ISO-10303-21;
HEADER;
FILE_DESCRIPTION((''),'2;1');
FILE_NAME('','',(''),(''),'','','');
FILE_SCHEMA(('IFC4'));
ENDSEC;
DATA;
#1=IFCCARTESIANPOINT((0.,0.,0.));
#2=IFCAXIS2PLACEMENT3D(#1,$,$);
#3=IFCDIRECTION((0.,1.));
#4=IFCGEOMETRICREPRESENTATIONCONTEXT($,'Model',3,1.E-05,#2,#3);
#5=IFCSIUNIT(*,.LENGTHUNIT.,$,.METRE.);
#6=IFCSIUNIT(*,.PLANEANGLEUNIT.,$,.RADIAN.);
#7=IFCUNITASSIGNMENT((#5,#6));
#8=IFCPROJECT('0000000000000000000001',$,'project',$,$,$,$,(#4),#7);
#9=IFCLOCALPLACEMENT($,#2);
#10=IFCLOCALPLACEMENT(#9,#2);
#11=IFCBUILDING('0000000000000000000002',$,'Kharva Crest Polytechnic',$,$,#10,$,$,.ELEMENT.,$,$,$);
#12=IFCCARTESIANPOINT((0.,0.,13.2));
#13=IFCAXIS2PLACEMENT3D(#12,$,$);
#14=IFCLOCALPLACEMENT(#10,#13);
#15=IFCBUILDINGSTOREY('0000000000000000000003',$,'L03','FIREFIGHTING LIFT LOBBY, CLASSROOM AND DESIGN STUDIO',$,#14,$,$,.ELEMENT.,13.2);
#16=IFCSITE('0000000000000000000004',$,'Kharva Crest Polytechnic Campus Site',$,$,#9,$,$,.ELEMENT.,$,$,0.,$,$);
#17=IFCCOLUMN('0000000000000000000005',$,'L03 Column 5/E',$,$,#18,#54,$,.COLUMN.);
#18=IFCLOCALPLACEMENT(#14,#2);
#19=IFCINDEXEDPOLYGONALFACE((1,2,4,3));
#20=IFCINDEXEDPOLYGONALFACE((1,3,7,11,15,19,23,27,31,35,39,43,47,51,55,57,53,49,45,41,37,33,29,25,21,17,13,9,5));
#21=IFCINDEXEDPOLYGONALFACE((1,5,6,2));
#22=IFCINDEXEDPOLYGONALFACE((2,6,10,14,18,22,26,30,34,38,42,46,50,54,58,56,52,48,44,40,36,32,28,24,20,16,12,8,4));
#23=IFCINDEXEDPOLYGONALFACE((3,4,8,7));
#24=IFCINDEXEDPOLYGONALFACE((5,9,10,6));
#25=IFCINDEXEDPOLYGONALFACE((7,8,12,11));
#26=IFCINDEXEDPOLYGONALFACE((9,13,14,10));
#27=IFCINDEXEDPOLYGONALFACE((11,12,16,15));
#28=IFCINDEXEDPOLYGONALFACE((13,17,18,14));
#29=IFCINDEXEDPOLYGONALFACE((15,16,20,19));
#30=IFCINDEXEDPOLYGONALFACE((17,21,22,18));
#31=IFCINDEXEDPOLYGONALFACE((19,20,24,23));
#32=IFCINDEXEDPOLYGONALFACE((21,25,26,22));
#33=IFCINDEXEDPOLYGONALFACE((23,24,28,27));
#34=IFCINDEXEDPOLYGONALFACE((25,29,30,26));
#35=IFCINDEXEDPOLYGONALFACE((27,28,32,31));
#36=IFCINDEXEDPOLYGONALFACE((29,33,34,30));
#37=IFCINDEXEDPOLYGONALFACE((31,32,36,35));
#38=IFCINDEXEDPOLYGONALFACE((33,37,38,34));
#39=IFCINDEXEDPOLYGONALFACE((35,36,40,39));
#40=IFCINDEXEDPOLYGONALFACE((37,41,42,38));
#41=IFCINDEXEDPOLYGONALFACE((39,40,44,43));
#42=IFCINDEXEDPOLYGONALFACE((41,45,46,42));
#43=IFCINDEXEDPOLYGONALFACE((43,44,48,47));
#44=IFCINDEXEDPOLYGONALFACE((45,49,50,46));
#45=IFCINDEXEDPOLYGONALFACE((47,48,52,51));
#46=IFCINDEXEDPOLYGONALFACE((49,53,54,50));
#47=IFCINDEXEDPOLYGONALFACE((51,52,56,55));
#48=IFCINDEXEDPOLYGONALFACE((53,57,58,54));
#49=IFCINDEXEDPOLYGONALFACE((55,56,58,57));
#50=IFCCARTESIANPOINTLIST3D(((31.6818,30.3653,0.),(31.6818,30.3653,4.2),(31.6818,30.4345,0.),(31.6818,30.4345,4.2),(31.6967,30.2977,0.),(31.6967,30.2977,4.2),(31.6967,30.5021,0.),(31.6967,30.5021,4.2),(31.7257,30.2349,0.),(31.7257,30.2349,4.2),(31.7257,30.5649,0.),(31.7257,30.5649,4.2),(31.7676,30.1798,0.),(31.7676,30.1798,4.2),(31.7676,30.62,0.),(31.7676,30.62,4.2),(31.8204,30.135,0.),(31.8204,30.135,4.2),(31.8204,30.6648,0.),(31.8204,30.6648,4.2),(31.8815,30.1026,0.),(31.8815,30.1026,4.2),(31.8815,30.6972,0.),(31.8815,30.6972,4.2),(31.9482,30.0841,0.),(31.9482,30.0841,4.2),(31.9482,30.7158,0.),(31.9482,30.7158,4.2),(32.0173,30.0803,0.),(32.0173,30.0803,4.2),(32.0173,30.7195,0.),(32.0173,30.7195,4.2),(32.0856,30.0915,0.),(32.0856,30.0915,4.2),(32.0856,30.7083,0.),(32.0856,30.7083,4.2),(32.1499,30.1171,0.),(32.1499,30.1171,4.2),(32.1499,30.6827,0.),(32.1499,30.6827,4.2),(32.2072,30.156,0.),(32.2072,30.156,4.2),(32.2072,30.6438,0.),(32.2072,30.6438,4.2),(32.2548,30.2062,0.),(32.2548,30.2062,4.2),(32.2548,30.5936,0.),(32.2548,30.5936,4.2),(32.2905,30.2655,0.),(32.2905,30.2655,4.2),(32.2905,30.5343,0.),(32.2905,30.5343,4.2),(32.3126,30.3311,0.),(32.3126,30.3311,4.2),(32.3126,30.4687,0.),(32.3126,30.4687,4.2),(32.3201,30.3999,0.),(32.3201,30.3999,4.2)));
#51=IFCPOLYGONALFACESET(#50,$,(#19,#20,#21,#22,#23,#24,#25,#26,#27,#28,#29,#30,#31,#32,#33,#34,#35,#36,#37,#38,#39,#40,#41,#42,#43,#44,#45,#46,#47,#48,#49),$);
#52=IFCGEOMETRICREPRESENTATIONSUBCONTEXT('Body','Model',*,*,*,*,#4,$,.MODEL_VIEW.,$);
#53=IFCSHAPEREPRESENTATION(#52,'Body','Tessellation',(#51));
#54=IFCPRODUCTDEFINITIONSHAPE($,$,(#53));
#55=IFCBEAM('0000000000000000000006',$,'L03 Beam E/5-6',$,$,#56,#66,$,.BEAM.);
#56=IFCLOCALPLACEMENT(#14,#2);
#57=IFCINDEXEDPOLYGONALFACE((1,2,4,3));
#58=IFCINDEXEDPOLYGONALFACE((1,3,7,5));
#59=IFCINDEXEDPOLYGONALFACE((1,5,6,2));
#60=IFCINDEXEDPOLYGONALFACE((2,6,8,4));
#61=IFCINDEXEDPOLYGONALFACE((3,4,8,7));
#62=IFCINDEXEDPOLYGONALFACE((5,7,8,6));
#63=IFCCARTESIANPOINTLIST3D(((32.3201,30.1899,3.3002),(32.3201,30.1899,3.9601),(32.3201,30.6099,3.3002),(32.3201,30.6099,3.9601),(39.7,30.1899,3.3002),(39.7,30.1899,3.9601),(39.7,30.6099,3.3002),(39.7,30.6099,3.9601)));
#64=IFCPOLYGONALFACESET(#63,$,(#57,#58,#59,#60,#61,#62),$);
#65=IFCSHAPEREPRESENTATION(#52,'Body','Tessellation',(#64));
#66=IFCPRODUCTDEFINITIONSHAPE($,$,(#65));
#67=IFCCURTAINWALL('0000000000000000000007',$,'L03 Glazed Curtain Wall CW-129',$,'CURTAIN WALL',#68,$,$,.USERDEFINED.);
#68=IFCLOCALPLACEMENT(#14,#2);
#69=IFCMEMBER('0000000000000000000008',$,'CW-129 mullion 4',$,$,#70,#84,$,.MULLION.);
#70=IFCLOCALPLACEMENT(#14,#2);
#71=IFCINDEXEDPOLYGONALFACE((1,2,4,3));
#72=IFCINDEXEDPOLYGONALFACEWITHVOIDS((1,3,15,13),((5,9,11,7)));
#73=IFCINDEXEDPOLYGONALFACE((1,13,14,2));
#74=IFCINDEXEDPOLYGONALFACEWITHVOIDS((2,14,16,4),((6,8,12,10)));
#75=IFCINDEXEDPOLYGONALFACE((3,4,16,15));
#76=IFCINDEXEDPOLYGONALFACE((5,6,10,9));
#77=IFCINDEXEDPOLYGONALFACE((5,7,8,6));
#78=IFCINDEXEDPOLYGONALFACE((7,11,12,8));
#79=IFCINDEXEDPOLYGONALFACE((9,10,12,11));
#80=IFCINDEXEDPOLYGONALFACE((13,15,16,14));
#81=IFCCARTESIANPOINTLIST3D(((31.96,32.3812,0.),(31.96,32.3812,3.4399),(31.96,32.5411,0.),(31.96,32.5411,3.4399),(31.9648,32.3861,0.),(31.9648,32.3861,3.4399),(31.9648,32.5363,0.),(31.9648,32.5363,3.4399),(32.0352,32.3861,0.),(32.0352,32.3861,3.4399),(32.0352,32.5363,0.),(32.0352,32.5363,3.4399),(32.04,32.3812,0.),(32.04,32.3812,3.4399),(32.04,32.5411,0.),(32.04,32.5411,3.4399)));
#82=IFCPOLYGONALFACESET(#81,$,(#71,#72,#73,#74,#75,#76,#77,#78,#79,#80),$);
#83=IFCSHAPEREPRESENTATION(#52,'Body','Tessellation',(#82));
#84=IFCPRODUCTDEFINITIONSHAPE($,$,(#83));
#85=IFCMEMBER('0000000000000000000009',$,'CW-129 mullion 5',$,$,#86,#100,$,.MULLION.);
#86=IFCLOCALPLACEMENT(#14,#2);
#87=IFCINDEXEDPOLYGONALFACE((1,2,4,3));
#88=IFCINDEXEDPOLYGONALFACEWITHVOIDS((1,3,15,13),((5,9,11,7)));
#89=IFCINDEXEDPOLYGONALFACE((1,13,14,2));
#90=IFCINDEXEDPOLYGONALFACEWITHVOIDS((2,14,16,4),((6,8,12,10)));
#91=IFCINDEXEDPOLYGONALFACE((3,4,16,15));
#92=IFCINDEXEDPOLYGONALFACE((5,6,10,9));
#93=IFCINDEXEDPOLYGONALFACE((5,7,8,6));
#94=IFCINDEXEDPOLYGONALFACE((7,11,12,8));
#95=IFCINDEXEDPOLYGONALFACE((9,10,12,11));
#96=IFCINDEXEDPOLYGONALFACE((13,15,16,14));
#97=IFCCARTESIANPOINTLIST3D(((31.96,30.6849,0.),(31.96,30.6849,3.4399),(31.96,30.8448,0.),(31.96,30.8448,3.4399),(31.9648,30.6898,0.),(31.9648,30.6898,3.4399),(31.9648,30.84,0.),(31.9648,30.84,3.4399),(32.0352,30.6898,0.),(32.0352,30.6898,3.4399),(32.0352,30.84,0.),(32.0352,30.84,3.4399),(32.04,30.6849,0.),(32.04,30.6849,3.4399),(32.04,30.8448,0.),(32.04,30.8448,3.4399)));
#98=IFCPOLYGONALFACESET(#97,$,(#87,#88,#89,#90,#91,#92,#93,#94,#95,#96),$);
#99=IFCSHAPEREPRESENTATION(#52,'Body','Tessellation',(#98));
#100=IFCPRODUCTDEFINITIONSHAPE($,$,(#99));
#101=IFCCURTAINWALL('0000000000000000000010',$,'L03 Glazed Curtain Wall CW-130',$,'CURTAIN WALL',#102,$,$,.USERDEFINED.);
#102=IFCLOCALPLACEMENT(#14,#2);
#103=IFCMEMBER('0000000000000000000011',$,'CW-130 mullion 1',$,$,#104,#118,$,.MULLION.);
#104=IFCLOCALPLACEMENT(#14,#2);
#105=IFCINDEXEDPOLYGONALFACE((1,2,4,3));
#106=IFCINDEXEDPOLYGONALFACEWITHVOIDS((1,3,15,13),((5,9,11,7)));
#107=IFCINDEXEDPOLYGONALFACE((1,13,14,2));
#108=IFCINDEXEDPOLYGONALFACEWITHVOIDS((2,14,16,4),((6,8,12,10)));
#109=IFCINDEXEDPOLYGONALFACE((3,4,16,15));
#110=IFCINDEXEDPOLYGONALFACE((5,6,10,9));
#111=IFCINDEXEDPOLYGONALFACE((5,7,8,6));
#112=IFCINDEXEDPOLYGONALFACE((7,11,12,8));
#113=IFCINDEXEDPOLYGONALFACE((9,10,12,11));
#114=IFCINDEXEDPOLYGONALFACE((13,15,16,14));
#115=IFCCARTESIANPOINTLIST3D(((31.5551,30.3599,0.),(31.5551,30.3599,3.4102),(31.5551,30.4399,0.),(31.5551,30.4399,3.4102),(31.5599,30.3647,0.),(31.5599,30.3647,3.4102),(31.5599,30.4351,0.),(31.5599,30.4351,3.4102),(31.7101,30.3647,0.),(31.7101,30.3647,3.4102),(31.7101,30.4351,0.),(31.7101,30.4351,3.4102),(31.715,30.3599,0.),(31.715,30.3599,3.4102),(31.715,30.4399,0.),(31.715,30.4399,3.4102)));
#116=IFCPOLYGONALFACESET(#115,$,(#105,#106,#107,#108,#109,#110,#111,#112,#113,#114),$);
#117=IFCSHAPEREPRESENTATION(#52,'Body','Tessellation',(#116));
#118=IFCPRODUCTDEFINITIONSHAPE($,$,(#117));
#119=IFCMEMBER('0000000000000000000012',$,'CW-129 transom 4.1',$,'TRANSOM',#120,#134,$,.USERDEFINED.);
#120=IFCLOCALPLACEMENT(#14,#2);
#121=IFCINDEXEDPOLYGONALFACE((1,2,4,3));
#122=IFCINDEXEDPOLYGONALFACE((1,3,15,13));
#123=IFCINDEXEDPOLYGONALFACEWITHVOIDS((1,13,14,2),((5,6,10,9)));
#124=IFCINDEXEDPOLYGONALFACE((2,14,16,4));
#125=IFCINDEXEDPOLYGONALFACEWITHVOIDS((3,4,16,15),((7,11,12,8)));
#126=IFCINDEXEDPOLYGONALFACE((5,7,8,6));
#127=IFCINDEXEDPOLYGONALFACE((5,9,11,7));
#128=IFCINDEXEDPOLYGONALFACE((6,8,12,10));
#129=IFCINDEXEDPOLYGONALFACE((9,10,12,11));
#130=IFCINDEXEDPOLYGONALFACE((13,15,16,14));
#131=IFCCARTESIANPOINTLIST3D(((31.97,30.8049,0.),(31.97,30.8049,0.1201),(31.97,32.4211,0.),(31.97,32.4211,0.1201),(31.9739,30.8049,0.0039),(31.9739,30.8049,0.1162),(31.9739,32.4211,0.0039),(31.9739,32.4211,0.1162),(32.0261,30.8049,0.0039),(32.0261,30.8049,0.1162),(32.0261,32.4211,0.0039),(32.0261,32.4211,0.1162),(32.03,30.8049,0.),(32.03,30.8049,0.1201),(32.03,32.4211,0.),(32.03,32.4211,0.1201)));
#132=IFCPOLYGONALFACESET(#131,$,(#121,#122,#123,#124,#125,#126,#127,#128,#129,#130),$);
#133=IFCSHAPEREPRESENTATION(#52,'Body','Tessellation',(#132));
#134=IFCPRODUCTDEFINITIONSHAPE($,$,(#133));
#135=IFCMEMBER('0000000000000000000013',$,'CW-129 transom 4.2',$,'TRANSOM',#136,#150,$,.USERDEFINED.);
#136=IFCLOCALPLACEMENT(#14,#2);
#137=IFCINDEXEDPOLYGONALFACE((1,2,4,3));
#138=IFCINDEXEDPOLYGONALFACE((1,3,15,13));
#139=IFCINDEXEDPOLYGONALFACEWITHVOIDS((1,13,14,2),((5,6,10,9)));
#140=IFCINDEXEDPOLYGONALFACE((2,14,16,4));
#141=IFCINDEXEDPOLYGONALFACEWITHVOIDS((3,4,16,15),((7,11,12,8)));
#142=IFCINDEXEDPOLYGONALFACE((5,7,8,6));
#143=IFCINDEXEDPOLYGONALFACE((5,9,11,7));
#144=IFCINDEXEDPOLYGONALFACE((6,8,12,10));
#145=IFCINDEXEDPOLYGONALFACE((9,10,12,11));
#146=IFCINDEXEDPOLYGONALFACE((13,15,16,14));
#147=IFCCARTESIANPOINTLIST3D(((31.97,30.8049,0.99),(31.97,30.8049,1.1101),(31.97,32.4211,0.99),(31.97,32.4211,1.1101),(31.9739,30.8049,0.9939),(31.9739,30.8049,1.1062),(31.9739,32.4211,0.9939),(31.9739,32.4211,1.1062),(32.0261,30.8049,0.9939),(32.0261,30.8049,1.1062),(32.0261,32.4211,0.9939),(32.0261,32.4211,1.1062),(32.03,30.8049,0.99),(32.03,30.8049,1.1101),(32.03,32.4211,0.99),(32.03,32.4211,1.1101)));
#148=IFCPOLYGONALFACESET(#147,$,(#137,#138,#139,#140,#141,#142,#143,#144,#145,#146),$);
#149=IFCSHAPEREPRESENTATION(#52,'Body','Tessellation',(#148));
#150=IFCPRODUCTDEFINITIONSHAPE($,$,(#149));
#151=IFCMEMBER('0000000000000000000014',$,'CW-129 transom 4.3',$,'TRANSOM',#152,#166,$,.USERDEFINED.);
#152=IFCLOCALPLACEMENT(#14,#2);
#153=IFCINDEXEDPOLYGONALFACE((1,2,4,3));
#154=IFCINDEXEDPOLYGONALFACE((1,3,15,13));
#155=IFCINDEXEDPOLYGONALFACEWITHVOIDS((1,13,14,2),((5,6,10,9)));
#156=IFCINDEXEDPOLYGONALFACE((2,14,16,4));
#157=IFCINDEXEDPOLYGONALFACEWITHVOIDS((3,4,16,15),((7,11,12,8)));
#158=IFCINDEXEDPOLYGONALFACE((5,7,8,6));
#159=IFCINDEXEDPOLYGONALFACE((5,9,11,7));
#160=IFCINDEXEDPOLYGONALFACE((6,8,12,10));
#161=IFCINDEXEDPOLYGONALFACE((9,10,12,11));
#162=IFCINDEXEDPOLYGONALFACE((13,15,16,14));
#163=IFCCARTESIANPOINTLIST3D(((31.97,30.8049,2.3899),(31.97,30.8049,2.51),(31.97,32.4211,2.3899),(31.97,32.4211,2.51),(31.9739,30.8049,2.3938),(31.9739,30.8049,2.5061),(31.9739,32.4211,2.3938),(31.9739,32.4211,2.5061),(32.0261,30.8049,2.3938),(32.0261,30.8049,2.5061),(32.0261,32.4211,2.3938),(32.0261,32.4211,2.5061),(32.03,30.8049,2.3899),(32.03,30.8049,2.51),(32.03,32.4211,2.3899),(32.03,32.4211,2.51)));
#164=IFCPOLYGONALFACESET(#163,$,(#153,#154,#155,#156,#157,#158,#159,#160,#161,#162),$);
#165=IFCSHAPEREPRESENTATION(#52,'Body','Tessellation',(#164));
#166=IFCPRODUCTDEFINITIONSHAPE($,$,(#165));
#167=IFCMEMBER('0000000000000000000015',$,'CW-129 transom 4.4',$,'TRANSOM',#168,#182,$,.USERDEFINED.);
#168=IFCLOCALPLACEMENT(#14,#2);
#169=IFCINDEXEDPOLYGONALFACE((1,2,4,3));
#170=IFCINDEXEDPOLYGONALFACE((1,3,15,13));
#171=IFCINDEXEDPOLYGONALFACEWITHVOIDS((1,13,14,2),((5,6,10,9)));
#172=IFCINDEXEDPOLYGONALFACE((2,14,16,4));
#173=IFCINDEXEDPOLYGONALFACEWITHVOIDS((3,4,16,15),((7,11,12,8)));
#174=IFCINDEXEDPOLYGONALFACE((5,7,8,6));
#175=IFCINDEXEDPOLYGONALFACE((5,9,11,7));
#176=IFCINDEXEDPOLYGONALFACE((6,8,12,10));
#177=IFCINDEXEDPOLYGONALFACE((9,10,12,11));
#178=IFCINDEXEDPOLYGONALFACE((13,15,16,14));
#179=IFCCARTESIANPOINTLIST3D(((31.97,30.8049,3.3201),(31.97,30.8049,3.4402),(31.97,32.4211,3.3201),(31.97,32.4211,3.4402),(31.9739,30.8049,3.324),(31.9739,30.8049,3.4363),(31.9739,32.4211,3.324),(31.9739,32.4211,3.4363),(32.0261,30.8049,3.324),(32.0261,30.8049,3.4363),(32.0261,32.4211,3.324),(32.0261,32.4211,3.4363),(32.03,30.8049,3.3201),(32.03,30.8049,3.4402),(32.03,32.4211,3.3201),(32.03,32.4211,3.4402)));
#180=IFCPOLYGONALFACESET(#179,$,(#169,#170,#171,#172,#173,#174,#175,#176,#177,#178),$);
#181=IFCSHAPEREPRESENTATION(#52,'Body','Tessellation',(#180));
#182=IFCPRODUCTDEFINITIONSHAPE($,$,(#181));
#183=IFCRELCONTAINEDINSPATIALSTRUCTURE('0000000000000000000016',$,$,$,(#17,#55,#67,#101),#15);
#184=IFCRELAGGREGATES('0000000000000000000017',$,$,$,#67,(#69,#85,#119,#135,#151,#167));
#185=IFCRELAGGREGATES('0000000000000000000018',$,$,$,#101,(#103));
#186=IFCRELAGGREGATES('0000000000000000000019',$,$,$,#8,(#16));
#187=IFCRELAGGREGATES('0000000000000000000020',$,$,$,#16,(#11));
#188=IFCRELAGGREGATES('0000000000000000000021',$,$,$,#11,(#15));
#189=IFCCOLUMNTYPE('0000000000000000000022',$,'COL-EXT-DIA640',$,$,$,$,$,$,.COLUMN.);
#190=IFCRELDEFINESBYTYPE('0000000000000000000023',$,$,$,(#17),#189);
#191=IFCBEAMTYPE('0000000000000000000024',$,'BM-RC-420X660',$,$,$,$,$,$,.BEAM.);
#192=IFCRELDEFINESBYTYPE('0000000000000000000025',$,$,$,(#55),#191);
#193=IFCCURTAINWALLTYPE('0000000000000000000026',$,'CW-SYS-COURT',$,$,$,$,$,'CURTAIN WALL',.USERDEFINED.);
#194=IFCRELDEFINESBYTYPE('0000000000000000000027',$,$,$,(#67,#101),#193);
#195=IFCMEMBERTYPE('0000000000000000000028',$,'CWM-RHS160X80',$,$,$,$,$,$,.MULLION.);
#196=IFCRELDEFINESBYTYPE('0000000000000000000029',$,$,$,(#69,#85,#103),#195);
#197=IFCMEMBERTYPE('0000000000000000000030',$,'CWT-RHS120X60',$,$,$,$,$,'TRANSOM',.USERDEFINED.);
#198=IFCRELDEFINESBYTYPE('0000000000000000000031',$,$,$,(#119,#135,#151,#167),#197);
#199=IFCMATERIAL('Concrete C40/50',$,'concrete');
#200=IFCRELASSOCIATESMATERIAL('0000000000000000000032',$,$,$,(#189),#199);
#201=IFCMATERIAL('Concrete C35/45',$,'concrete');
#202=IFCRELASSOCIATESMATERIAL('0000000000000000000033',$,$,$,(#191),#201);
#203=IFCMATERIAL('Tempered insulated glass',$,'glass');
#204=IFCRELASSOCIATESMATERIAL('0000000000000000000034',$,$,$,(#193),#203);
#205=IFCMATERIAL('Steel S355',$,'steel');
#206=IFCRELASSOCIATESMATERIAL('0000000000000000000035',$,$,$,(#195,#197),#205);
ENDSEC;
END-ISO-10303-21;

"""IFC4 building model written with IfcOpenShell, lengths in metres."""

from ifc_helpers import new_model, si_unit, direction, frame, origin, origin_2d, place, context, subcontext, project, spatial, rectangle, hollow_rectangle, circle, extrude, material, material_profile, profile_set, type_object, element, aggregate, save


model = new_model("IFC4")

# Units and contexts
model_context = context("Model", 3, precision=1e-05, world=origin(), true_north=direction((0.0, 1.0)))
body_context = subcontext(model_context, "Body", "Model", "MODEL_VIEW")
ifc_project = project(units=[si_unit("LENGTHUNIT", "METRE"), si_unit("PLANEANGLEUNIT", "RADIAN")], contexts=[model_context])

# Site, building, storey
site_placement = place(None, origin())
site = spatial("IfcSite", under=ifc_project, at=site_placement, Name="Kharva Crest Polytechnic Campus Site", CompositionType="ELEMENT", RefElevation=0.0)
building_placement = place(site_placement, origin())
building = spatial("IfcBuilding", under=site, at=building_placement, Name="Kharva Crest Polytechnic", CompositionType="ELEMENT")
storey_placement = place(building_placement, frame((0.0, 0.0, 13.2)))
storey = spatial("IfcBuildingStorey", under=building, at=storey_placement, Name="L03", Description="FIREFIGHTING LIFT LOBBY, CLASSROOM AND DESIGN STUDIO", CompositionType="ELEMENT", Elevation=13.2)

# Column
ifc_material_1 = material(Name="Concrete C40/50", Category="concrete")
ifc_material_profile_1 = material_profile(ifc_material_1, circle(Radius=0.3201, at=origin_2d()), Name="DIA 640")
ifc_profile_set_1 = profile_set([ifc_material_profile_1], Name="Concrete C40/50")
column_type = type_object("IfcColumnType", Name="COL-EXT-DIA640", PredefinedType="COLUMN", material=ifc_profile_set_1)
column_placement = place(storey_placement, frame((32.0, 30.3999, 0.0), z_axis=(0.0, 0.0, 1.0), x_axis=(1.0, 0.0, 0.0)))
element("IfcColumn", 1, at=column_placement, inside=storey, type_object=column_type, Name="L03 Column 5/E", PredefinedType="COLUMN", context=body_context, shape_type="SweptSolid", body=[
    extrude(circle(Radius=0.3201, at=origin_2d()), origin(), (0.0, 0.0, 1.0), 4.2),
])

# Beam
ifc_material_2 = material(Name="Concrete C35/45", Category="concrete")
ifc_material_profile_2 = material_profile(ifc_material_2, rectangle(XDim=0.4199, YDim=0.6599, at=origin_2d()), Name="RECT 420 X 660")
ifc_profile_set_2 = profile_set([ifc_material_profile_2], Name="Concrete C35/45")
beam_type_1 = type_object("IfcBeamType", Name="BM-RC-420X660", PredefinedType="BEAM", material=ifc_profile_set_2)
beam_1_placement = place(storey_placement, frame((32.3201, 30.3999, 3.6301), z_axis=(1.0, 0.0, 0.0), x_axis=(0.0, 1.0, 0.0)))
element("IfcBeam", 2, at=beam_1_placement, inside=storey, type_object=beam_type_1, Name="L03 Beam E/5-6", PredefinedType="BEAM", context=body_context, shape_type="SweptSolid", body=[
    extrude(rectangle(XDim=0.4199, YDim=0.6599, at=origin_2d()), origin(), (0.0, 0.0, 1.0), 7.3799),
])

# Curtain wall, members
ifc_material_3 = material(Name="Tempered insulated glass", Category="glass")
curtain_wall_type = type_object("IfcCurtainWallType", Name="CW-SYS-COURT", ElementType="CURTAIN WALL", PredefinedType="USERDEFINED", material=ifc_material_3)
curtain_wall_1_placement = place(storey_placement, origin())
curtain_wall_1 = element("IfcCurtainWall", 3, at=curtain_wall_1_placement, inside=storey, type_object=curtain_wall_type, Name="L03 Glazed Curtain Wall CW-129", ObjectType="CURTAIN WALL", PredefinedType="USERDEFINED")
ifc_material_4 = material(Name="Steel S355", Category="steel")
ifc_material_profile_3 = material_profile(ifc_material_4, hollow_rectangle(XDim=0.0801, YDim=0.1599, WallThickness=0.0049, at=origin_2d()), Name="RHS 160X80X5.0")
ifc_profile_set_3 = profile_set([ifc_material_profile_3], Name="Steel S355")
member_type_1 = type_object("IfcMemberType", Name="CWM-RHS160X80", PredefinedType="MULLION", material=ifc_profile_set_3)
member_1_placement = place(storey_placement, frame((32.0, 32.4612, 0.0), z_axis=(0.0, 0.0, 1.0), x_axis=(1.0, 0.0, 0.0)))
member_1 = element("IfcMember", 4, at=member_1_placement, type_object=member_type_1, Name="CW-129 mullion 4", PredefinedType="MULLION", context=body_context, shape_type="SweptSolid", body=[
    extrude(hollow_rectangle(XDim=0.0801, YDim=0.1599, WallThickness=0.0049, at=origin_2d()), origin(), (0.0, 0.0, 1.0), 3.4399),
])
member_2_placement = place(storey_placement, frame((32.0, 30.7649, 0.0), z_axis=(0.0, 0.0, 1.0), x_axis=(1.0, 0.0, 0.0)))
member_2 = element("IfcMember", 5, at=member_2_placement, type_object=member_type_1, Name="CW-129 mullion 5", PredefinedType="MULLION", context=body_context, shape_type="SweptSolid", body=[
    extrude(hollow_rectangle(XDim=0.0801, YDim=0.1599, WallThickness=0.0049, at=origin_2d()), origin(), (0.0, 0.0, 1.0), 3.4399),
])

# Curtain wall, member
curtain_wall_2_placement = place(storey_placement, origin())
curtain_wall_2 = element("IfcCurtainWall", 6, at=curtain_wall_2_placement, inside=storey, type_object=curtain_wall_type, Name="L03 Glazed Curtain Wall CW-130", ObjectType="CURTAIN WALL", PredefinedType="USERDEFINED")
member_3_placement = place(storey_placement, frame((31.635, 30.3999, 0.0), z_axis=(0.0, 0.0, 1.0), x_axis=(0.0, -1.0, 0.0)))
member_3 = element("IfcMember", 7, at=member_3_placement, type_object=member_type_1, Name="CW-130 mullion 1", PredefinedType="MULLION", context=body_context, shape_type="SweptSolid", body=[
    extrude(hollow_rectangle(XDim=0.0801, YDim=0.1599, WallThickness=0.0049, at=origin_2d()), origin(), (0.0, 0.0, 1.0), 3.4102),
])

# Members
ifc_material_profile_4 = material_profile(ifc_material_4, hollow_rectangle(XDim=0.0601, YDim=0.1201, WallThickness=0.0039, at=origin_2d()), Name="RHS 120X60X4.0")
ifc_profile_set_4 = profile_set([ifc_material_profile_4], Name="Steel S355")
member_type_2 = type_object("IfcMemberType", Name="CWT-RHS120X60", ElementType="TRANSOM", PredefinedType="USERDEFINED", material=ifc_profile_set_4)
member_4_placement = place(storey_placement, frame((32.0, 32.4211, 0.0601), z_axis=(0.0, -1.0, 0.0), x_axis=(1.0, 0.0, 0.0)))
member_4 = element("IfcMember", 8, at=member_4_placement, type_object=member_type_2, Name="CW-129 transom 4.1", ObjectType="TRANSOM", PredefinedType="USERDEFINED", context=body_context, shape_type="SweptSolid", body=[
    extrude(hollow_rectangle(XDim=0.0601, YDim=0.1201, WallThickness=0.0039, at=origin_2d()), origin(), (0.0, 0.0, 1.0), 1.6162),
])
member_5_placement = place(storey_placement, frame((32.0, 32.4211, 1.05), z_axis=(0.0, -1.0, 0.0), x_axis=(1.0, 0.0, 0.0)))
member_5 = element("IfcMember", 9, at=member_5_placement, type_object=member_type_2, Name="CW-129 transom 4.2", ObjectType="TRANSOM", PredefinedType="USERDEFINED", context=body_context, shape_type="SweptSolid", body=[
    extrude(hollow_rectangle(XDim=0.0601, YDim=0.1201, WallThickness=0.0039, at=origin_2d()), origin(), (0.0, 0.0, 1.0), 1.6162),
])
member_6_placement = place(storey_placement, frame((32.0, 32.4211, 2.45), z_axis=(0.0, -1.0, 0.0), x_axis=(1.0, 0.0, 0.0)))
member_6 = element("IfcMember", 10, at=member_6_placement, type_object=member_type_2, Name="CW-129 transom 4.3", ObjectType="TRANSOM", PredefinedType="USERDEFINED", context=body_context, shape_type="SweptSolid", body=[
    extrude(hollow_rectangle(XDim=0.0601, YDim=0.1201, WallThickness=0.0039, at=origin_2d()), origin(), (0.0, 0.0, 1.0), 1.6162),
])
member_7_placement = place(storey_placement, frame((32.0, 32.4211, 3.3801), z_axis=(0.0, -1.0, 0.0), x_axis=(1.0, 0.0, 0.0)))
member_7 = element("IfcMember", 11, at=member_7_placement, type_object=member_type_2, Name="CW-129 transom 4.4", ObjectType="TRANSOM", PredefinedType="USERDEFINED", context=body_context, shape_type="SweptSolid", body=[
    extrude(hollow_rectangle(XDim=0.0601, YDim=0.1201, WallThickness=0.0039, at=origin_2d()), origin(), (0.0, 0.0, 1.0), 1.6162),
])

aggregate(curtain_wall_1, [member_1, member_2, member_4, member_5, member_6, member_7])
aggregate(curtain_wall_2, [member_3])

save(model, "model.ifc")
